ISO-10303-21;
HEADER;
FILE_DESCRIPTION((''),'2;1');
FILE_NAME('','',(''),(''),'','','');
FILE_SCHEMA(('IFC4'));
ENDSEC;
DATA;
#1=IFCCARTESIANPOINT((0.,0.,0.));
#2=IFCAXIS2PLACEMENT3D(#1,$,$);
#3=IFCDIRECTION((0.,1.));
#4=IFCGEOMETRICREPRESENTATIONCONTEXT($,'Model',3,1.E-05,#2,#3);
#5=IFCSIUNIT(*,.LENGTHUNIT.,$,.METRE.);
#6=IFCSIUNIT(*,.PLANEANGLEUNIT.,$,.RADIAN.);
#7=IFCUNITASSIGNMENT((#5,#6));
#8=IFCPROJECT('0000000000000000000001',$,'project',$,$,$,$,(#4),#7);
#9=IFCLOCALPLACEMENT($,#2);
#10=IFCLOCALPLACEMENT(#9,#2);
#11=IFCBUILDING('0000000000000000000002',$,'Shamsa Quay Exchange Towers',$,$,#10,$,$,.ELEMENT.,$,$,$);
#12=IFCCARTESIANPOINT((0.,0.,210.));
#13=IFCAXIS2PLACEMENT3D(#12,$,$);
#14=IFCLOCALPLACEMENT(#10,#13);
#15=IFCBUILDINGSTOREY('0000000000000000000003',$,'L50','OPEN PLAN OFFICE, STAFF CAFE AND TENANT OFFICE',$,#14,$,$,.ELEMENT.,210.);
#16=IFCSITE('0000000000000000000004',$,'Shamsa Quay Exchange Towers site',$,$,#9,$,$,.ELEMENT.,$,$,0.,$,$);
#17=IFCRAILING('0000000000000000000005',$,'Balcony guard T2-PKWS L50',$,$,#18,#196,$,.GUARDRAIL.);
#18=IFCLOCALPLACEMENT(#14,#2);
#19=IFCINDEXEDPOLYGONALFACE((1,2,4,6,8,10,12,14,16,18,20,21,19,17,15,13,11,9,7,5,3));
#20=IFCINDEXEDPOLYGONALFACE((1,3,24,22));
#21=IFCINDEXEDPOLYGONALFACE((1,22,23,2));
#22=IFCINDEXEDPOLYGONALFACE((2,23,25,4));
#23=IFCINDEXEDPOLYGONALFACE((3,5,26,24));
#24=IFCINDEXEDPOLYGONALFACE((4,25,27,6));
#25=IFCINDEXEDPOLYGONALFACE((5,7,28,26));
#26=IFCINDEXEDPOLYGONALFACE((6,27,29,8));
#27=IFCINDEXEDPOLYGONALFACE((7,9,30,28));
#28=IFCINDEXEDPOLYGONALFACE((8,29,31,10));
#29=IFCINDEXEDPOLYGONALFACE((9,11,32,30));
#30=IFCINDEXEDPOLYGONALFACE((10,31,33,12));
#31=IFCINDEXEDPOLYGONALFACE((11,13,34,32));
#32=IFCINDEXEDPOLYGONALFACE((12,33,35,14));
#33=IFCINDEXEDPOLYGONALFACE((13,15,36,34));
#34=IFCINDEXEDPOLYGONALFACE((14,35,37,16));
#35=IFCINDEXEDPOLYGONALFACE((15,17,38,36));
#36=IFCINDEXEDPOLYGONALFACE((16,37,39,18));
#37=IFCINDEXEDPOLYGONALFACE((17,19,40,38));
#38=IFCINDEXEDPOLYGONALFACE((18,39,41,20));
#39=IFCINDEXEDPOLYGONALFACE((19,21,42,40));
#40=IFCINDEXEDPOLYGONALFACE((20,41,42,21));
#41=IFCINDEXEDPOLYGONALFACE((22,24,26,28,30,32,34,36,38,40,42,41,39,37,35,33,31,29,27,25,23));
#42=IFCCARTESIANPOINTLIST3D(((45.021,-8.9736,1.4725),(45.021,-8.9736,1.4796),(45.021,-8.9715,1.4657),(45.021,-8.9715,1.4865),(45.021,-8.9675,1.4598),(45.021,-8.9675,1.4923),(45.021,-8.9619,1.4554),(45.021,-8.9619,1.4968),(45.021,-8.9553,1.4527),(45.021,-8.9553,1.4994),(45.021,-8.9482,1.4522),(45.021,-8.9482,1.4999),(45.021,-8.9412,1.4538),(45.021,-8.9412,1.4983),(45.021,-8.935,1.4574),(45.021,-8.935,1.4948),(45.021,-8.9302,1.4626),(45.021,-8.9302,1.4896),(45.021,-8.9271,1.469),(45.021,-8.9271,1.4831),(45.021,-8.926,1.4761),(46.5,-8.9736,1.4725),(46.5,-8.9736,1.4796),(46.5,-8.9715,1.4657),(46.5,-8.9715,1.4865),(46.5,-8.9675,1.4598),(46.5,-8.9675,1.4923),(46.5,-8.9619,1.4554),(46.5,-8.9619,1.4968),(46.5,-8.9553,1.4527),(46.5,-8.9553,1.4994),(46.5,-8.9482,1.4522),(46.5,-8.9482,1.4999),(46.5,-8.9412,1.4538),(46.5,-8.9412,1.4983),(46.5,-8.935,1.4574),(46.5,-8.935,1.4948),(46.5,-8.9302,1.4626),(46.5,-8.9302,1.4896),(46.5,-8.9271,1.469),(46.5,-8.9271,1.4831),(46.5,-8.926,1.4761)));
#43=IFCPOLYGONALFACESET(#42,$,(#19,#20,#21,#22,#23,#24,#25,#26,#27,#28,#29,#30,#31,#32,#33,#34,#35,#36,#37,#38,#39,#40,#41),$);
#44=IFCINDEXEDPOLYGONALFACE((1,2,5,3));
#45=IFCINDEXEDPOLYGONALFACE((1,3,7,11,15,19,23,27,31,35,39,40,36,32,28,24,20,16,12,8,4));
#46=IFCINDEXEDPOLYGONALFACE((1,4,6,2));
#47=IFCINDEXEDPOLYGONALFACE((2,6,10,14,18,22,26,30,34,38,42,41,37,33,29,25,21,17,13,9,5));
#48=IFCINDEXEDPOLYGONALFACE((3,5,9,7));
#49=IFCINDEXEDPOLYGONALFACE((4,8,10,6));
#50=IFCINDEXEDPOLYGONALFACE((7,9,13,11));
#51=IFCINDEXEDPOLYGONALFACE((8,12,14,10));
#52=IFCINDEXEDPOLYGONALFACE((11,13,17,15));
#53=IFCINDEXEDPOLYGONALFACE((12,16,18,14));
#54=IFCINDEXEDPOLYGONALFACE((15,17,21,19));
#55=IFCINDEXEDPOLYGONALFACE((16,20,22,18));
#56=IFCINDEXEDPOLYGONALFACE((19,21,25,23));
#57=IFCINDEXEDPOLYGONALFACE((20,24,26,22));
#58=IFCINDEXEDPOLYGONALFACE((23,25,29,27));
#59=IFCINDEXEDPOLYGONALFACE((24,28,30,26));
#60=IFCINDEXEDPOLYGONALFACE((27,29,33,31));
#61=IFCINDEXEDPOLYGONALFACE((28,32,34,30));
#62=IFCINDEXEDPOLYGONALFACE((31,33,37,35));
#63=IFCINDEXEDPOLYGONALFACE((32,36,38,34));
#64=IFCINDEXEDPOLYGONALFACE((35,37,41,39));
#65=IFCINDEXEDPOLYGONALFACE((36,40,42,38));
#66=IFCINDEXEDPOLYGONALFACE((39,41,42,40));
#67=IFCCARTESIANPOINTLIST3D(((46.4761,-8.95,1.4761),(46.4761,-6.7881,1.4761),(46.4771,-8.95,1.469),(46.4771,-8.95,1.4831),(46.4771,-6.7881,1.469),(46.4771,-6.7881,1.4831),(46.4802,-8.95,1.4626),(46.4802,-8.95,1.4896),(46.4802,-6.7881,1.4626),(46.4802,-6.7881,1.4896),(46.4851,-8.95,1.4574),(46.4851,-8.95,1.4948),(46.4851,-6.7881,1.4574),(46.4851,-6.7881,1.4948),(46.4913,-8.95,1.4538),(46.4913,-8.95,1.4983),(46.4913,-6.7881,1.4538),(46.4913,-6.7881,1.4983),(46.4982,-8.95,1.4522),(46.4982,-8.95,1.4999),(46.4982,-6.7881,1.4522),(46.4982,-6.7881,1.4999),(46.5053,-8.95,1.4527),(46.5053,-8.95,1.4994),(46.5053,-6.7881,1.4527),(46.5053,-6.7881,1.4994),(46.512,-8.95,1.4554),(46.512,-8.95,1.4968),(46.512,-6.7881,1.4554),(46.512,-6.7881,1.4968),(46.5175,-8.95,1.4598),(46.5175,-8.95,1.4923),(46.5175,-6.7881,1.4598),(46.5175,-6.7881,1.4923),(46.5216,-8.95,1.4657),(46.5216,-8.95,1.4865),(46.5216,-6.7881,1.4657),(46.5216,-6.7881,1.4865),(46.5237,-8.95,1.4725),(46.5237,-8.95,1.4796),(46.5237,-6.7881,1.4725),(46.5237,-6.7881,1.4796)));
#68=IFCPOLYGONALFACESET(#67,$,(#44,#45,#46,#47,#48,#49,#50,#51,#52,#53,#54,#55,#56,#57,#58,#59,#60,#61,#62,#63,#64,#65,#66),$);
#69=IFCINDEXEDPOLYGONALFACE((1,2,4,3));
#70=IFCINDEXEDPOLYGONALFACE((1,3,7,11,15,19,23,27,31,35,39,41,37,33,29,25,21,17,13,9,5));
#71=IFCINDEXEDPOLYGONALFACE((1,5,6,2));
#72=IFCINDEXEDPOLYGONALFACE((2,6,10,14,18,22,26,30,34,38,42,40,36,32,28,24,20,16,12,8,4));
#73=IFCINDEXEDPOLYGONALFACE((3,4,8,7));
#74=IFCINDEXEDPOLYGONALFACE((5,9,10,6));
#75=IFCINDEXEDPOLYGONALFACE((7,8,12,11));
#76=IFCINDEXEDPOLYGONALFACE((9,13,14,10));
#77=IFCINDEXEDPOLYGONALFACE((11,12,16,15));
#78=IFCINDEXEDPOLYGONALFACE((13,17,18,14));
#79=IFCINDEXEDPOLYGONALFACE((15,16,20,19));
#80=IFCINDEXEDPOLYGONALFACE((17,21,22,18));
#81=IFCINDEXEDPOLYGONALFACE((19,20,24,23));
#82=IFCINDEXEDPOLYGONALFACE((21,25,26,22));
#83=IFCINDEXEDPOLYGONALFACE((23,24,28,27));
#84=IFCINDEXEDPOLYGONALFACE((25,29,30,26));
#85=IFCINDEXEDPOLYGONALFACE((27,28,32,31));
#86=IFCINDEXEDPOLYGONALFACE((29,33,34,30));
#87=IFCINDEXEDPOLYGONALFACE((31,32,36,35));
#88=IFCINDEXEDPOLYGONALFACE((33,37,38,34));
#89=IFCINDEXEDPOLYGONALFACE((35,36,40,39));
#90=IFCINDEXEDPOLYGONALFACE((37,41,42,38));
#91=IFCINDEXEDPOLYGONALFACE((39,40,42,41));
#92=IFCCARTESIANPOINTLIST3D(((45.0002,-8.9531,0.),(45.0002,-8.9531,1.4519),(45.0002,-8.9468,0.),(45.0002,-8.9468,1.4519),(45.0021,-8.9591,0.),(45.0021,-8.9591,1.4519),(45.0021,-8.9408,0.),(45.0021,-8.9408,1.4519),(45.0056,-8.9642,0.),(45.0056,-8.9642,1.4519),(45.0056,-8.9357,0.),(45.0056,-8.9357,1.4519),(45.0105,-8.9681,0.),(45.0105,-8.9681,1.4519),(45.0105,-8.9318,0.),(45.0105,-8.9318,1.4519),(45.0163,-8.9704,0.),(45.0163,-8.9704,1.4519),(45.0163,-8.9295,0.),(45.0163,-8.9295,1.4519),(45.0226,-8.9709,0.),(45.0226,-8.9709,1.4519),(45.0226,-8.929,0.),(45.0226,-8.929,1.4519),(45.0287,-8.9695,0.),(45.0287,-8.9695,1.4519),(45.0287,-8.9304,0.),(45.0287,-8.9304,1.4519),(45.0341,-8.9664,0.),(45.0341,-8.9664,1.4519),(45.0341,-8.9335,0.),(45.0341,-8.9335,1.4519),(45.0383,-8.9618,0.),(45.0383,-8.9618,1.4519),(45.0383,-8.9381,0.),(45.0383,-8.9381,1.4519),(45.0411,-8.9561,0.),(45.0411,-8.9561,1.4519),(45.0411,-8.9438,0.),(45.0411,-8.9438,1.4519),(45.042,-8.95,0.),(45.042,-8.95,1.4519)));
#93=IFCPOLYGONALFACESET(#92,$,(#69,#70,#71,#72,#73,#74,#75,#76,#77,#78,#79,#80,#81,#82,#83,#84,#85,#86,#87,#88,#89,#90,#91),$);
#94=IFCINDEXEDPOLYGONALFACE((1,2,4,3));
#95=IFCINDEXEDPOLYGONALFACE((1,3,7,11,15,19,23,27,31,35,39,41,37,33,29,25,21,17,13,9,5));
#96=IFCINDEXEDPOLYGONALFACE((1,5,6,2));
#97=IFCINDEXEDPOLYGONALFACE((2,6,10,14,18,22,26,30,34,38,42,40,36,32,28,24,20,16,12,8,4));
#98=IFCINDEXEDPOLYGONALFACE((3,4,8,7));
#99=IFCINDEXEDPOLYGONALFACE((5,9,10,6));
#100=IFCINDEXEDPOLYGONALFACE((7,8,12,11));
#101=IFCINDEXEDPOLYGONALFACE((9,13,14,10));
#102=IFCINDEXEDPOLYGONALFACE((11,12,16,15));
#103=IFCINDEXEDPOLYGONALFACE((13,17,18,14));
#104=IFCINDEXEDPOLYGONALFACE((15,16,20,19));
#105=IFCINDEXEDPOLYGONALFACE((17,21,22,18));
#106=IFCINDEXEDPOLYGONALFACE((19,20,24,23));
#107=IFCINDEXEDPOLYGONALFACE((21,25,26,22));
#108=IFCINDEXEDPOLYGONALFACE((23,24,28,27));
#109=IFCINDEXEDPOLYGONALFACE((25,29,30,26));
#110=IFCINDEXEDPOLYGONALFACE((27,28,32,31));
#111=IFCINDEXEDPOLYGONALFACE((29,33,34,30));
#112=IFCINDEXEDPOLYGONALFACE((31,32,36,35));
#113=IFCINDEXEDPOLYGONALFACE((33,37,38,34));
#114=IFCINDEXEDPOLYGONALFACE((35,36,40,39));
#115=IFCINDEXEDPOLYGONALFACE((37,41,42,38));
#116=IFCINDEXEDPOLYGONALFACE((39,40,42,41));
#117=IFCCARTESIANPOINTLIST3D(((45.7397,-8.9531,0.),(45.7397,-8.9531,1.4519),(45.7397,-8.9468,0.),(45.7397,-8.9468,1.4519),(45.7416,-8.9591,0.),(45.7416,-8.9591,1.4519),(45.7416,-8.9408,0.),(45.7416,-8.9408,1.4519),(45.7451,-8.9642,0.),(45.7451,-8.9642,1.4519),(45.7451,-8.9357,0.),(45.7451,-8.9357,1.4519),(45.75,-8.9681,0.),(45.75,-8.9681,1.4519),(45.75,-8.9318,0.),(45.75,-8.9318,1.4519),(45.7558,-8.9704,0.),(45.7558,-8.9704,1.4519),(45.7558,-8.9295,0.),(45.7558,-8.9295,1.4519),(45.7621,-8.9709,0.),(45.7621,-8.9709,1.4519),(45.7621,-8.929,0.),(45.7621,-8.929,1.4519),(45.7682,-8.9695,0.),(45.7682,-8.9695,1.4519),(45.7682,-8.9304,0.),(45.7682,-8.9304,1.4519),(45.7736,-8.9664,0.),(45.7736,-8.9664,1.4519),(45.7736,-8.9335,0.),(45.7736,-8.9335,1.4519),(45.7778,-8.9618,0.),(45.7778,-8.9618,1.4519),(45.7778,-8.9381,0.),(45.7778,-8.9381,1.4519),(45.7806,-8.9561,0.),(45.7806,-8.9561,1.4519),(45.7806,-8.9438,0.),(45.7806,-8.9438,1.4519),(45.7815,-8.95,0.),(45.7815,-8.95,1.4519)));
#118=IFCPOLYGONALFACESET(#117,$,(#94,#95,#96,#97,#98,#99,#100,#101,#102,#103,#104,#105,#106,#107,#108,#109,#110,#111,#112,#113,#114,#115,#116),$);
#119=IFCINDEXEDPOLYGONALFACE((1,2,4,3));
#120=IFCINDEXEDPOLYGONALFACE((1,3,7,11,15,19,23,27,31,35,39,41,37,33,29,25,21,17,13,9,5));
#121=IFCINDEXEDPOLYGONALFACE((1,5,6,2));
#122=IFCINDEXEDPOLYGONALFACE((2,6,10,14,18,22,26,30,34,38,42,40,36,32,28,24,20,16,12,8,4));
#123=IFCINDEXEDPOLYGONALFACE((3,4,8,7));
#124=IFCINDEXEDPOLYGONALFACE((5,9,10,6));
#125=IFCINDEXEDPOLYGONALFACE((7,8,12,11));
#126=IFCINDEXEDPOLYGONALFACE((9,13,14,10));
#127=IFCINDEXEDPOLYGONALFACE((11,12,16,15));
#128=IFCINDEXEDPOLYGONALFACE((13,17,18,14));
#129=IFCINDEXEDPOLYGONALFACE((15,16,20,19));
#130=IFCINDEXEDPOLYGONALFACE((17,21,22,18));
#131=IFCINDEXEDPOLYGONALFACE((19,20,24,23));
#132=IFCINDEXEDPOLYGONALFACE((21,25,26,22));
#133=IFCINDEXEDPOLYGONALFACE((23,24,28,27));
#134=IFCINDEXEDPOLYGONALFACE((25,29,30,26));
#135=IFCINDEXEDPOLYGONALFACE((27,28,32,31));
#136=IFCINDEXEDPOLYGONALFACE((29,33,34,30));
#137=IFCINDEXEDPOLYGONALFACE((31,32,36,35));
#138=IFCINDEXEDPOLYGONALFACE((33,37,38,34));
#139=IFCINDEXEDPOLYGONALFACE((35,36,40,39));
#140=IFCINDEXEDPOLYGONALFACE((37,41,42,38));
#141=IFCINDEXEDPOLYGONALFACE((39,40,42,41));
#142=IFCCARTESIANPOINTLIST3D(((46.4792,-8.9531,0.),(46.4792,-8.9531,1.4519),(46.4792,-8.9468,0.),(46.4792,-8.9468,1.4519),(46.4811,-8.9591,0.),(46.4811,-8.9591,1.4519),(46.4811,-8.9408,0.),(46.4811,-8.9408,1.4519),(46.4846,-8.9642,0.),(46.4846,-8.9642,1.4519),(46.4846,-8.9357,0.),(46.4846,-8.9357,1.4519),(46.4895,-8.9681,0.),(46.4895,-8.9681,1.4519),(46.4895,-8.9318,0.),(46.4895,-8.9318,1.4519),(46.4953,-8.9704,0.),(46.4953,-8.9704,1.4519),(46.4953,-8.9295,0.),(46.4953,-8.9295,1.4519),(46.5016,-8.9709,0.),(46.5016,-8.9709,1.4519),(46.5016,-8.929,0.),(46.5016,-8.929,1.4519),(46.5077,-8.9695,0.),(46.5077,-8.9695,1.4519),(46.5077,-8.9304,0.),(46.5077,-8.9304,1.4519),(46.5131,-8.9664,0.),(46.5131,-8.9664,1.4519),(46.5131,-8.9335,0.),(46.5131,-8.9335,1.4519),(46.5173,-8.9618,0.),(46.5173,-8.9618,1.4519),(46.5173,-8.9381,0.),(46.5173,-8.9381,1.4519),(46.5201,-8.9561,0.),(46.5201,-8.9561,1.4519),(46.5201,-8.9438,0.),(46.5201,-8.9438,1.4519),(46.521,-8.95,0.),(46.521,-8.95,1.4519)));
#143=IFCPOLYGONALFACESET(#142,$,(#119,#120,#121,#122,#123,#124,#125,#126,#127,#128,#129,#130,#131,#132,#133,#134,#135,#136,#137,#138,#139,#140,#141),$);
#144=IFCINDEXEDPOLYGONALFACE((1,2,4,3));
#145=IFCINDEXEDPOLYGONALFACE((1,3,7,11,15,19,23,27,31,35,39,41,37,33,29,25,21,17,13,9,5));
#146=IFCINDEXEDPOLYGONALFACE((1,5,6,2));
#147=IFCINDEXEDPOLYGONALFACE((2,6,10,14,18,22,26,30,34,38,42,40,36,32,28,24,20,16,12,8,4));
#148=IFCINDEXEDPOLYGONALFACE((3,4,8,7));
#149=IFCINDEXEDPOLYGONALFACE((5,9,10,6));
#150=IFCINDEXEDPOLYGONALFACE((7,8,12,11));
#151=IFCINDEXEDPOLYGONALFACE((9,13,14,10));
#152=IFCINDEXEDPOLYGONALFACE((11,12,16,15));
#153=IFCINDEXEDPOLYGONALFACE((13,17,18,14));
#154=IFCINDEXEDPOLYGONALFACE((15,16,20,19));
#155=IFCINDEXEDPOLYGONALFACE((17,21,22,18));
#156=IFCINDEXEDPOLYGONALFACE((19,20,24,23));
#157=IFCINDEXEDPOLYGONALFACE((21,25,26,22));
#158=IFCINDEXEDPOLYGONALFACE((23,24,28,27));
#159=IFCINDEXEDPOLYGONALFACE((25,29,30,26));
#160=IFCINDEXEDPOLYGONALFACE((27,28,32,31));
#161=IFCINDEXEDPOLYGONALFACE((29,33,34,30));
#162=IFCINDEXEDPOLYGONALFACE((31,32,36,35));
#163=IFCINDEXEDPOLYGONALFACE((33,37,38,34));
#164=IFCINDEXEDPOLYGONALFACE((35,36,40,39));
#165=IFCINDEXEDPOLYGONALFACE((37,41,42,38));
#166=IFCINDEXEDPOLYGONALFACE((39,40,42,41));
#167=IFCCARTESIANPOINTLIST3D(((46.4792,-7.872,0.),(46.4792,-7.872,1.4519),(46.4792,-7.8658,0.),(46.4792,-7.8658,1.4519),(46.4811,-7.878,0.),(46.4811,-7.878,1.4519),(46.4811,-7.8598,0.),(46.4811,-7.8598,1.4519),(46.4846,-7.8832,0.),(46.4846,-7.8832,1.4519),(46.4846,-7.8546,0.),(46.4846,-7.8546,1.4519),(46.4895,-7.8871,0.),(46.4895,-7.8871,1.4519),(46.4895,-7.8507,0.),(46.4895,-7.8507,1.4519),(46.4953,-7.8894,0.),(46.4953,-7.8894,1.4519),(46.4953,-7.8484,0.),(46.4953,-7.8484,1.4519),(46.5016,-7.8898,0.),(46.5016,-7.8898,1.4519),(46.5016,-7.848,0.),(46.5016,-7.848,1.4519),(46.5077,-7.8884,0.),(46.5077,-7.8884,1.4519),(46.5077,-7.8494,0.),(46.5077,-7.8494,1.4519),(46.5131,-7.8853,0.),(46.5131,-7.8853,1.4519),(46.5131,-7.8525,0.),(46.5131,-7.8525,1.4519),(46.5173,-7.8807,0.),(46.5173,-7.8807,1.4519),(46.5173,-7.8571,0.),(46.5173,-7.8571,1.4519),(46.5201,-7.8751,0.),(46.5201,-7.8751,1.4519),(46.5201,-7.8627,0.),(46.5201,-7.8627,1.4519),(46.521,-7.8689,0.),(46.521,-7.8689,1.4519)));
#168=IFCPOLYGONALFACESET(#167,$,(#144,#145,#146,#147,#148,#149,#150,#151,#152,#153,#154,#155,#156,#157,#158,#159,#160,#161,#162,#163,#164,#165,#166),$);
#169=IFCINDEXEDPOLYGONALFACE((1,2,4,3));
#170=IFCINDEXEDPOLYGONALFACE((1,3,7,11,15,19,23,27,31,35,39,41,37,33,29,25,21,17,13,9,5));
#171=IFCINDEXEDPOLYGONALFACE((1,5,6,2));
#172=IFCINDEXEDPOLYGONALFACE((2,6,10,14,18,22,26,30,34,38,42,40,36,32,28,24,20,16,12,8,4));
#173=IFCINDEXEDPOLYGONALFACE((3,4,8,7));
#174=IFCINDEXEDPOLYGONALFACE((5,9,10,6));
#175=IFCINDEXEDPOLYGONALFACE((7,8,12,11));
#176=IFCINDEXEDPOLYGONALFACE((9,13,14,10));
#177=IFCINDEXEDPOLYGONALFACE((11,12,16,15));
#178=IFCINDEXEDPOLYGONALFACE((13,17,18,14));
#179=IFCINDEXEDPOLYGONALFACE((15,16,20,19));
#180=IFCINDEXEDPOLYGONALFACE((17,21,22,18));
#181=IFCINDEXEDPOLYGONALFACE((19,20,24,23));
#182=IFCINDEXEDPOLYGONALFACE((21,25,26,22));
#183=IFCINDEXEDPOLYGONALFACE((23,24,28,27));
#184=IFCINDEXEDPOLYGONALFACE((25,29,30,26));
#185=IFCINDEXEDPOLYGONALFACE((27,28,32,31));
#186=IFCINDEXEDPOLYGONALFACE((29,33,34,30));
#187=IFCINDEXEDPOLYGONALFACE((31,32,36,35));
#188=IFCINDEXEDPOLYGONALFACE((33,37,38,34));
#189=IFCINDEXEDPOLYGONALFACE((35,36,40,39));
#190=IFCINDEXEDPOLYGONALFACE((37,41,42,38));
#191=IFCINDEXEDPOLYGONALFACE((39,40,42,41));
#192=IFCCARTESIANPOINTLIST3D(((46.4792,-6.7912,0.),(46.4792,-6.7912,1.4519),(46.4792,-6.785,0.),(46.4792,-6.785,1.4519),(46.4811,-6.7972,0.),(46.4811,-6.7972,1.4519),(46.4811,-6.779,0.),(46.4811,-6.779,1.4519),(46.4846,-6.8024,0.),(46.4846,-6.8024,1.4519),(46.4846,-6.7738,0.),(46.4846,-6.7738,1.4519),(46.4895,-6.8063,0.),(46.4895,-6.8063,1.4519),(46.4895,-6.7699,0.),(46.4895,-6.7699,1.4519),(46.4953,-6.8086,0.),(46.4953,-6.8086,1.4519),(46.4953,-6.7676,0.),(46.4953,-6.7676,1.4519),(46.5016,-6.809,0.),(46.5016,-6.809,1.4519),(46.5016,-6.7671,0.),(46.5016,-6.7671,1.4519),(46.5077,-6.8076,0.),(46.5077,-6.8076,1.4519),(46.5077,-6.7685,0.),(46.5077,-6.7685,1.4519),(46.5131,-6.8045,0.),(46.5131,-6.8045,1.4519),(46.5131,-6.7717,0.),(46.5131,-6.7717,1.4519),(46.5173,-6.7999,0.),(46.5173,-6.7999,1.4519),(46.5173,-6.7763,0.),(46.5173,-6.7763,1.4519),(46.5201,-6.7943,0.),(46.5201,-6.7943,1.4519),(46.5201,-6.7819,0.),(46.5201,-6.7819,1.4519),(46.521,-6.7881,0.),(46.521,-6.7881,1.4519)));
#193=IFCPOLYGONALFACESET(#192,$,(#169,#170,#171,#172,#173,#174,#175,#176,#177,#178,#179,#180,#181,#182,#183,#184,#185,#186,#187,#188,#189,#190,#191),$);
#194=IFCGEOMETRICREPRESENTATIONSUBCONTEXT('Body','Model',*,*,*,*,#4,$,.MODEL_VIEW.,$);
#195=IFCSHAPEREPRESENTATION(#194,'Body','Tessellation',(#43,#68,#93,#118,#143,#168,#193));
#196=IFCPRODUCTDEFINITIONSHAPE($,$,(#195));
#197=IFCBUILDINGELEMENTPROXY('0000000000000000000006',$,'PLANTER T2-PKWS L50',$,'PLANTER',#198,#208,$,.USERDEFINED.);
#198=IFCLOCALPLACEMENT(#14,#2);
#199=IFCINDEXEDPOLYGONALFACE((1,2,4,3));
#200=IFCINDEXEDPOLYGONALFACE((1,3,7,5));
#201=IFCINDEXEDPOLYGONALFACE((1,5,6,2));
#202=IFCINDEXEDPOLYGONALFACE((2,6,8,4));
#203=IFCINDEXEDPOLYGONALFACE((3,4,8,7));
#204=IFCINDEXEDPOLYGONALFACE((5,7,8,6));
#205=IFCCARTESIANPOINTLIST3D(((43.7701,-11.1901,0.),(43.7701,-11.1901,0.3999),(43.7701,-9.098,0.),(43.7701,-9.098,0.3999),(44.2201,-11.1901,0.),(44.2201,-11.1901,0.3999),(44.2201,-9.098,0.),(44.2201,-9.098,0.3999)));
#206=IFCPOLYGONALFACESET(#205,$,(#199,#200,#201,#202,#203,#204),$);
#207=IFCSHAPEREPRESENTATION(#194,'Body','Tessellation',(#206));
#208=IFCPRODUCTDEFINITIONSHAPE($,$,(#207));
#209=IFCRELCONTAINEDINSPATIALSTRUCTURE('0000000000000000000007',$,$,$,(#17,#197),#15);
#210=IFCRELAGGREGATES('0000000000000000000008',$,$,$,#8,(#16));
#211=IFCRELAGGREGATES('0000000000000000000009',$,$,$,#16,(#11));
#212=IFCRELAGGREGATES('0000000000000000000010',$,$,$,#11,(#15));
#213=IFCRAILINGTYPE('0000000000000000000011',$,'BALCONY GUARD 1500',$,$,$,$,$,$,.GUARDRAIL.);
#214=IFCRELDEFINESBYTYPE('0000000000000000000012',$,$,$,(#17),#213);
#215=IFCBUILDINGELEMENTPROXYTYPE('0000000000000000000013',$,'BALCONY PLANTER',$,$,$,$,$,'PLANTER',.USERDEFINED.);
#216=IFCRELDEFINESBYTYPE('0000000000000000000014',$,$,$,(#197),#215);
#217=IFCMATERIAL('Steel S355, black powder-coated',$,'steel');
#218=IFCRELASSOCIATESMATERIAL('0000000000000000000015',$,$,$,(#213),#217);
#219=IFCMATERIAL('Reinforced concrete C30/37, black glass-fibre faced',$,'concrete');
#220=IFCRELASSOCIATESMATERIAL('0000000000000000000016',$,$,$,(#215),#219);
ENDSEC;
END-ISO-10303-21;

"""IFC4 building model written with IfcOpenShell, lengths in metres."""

from ifc_helpers import new_model, si_unit, direction, frame, origin, origin_2d, place, context, subcontext, project, spatial, rectangle, circle, extrude, material, type_object, element, save


model = new_model("IFC4")

# Units and contexts
model_context = context("Model", 3, precision=1e-05, world=origin(), true_north=direction((0.0, 1.0)))
body_context = subcontext(model_context, "Body", "Model", "MODEL_VIEW")
ifc_project = project(units=[si_unit("LENGTHUNIT", "METRE"), si_unit("PLANEANGLEUNIT", "RADIAN")], contexts=[model_context])

# Site, building, storey
site_placement = place(None, origin())
site = spatial("IfcSite", under=ifc_project, at=site_placement, Name="Shamsa Quay Exchange Towers site", CompositionType="ELEMENT", RefElevation=0.0)
building_placement = place(site_placement, origin())
building = spatial("IfcBuilding", under=site, at=building_placement, Name="Shamsa Quay Exchange Towers", CompositionType="ELEMENT")
storey_placement = place(building_placement, frame((0.0, 0.0, 210.0)))
storey = spatial("IfcBuildingStorey", under=building, at=storey_placement, Name="L50", Description="OPEN PLAN OFFICE, STAFF CAFE AND TENANT OFFICE", CompositionType="ELEMENT", Elevation=210.0)

# Railing
ifc_material_1 = material(Name="Steel S355, black powder-coated", Category="steel")
railing_type = type_object("IfcRailingType", Name="BALCONY GUARD 1500", PredefinedType="GUARDRAIL", material=ifc_material_1)
for number, where, name in (
    (1, (45.021, -8.95, 0.0), "Balcony guard T2-PKWS L50"),
):
    element("IfcRailing", number, at=place(storey_placement, frame(where)), inside=storey, type_object=railing_type, Name=name, PredefinedType="GUARDRAIL", context=body_context, shape_type="SweptSolid", body=[
        extrude(circle(Radius=0.0239, at=origin_2d()), frame((0.0, 0.0, 1.4761), z_axis=(1.0, 0.0, 0.0), x_axis=(0.0, 1.0, 0.0)), (0.0, 0.0, 1.0), 1.479),
        extrude(circle(Radius=0.0239, at=origin_2d()), frame((1.479, 0.0, 1.4761), z_axis=(0.0, 1.0, 0.0), x_axis=(-1.0, 0.0, 0.0)), (0.0, 0.0, 1.0), 2.1619),
        extrude(circle(Radius=0.021, at=origin_2d()), origin(), (0.0, 0.0, 1.0), 1.4519),
        extrude(circle(Radius=0.021, at=origin_2d()), frame((0.7395, 0.0, 0.0)), (0.0, 0.0, 1.0), 1.4519),
        extrude(circle(Radius=0.021, at=origin_2d()), frame((1.479, 0.0, 0.0)), (0.0, 0.0, 1.0), 1.4519),
        extrude(circle(Radius=0.021, at=origin_2d()), frame((1.479, 1.0811, 0.0)), (0.0, 0.0, 1.0), 1.4519),
        extrude(circle(Radius=0.021, at=origin_2d()), frame((1.479, 2.1619, 0.0)), (0.0, 0.0, 1.0), 1.4519),
    ])

# Building element proxy
ifc_material_2 = material(Name="Reinforced concrete C30/37, black glass-fibre faced", Category="concrete")
building_element_proxy_type = type_object("IfcBuildingElementProxyType", Name="BALCONY PLANTER", ElementType="PLANTER", PredefinedType="USERDEFINED", material=ifc_material_2)
proxy_placement = place(storey_placement, frame((43.9951, -10.144, 0.0), z_axis=(0.0, 0.0, 1.0), x_axis=(0.0, 1.0, 0.0)))
element("IfcBuildingElementProxy", 2, at=proxy_placement, inside=storey, type_object=building_element_proxy_type, Name="PLANTER T2-PKWS L50", ObjectType="PLANTER", PredefinedType="USERDEFINED", context=body_context, shape_type="SweptSolid", body=[
    extrude(rectangle(XDim=2.092, YDim=0.45, at=origin_2d()), origin(), (0.0, 0.0, 1.0), 0.3999),
])

save(model, "model.ifc")
